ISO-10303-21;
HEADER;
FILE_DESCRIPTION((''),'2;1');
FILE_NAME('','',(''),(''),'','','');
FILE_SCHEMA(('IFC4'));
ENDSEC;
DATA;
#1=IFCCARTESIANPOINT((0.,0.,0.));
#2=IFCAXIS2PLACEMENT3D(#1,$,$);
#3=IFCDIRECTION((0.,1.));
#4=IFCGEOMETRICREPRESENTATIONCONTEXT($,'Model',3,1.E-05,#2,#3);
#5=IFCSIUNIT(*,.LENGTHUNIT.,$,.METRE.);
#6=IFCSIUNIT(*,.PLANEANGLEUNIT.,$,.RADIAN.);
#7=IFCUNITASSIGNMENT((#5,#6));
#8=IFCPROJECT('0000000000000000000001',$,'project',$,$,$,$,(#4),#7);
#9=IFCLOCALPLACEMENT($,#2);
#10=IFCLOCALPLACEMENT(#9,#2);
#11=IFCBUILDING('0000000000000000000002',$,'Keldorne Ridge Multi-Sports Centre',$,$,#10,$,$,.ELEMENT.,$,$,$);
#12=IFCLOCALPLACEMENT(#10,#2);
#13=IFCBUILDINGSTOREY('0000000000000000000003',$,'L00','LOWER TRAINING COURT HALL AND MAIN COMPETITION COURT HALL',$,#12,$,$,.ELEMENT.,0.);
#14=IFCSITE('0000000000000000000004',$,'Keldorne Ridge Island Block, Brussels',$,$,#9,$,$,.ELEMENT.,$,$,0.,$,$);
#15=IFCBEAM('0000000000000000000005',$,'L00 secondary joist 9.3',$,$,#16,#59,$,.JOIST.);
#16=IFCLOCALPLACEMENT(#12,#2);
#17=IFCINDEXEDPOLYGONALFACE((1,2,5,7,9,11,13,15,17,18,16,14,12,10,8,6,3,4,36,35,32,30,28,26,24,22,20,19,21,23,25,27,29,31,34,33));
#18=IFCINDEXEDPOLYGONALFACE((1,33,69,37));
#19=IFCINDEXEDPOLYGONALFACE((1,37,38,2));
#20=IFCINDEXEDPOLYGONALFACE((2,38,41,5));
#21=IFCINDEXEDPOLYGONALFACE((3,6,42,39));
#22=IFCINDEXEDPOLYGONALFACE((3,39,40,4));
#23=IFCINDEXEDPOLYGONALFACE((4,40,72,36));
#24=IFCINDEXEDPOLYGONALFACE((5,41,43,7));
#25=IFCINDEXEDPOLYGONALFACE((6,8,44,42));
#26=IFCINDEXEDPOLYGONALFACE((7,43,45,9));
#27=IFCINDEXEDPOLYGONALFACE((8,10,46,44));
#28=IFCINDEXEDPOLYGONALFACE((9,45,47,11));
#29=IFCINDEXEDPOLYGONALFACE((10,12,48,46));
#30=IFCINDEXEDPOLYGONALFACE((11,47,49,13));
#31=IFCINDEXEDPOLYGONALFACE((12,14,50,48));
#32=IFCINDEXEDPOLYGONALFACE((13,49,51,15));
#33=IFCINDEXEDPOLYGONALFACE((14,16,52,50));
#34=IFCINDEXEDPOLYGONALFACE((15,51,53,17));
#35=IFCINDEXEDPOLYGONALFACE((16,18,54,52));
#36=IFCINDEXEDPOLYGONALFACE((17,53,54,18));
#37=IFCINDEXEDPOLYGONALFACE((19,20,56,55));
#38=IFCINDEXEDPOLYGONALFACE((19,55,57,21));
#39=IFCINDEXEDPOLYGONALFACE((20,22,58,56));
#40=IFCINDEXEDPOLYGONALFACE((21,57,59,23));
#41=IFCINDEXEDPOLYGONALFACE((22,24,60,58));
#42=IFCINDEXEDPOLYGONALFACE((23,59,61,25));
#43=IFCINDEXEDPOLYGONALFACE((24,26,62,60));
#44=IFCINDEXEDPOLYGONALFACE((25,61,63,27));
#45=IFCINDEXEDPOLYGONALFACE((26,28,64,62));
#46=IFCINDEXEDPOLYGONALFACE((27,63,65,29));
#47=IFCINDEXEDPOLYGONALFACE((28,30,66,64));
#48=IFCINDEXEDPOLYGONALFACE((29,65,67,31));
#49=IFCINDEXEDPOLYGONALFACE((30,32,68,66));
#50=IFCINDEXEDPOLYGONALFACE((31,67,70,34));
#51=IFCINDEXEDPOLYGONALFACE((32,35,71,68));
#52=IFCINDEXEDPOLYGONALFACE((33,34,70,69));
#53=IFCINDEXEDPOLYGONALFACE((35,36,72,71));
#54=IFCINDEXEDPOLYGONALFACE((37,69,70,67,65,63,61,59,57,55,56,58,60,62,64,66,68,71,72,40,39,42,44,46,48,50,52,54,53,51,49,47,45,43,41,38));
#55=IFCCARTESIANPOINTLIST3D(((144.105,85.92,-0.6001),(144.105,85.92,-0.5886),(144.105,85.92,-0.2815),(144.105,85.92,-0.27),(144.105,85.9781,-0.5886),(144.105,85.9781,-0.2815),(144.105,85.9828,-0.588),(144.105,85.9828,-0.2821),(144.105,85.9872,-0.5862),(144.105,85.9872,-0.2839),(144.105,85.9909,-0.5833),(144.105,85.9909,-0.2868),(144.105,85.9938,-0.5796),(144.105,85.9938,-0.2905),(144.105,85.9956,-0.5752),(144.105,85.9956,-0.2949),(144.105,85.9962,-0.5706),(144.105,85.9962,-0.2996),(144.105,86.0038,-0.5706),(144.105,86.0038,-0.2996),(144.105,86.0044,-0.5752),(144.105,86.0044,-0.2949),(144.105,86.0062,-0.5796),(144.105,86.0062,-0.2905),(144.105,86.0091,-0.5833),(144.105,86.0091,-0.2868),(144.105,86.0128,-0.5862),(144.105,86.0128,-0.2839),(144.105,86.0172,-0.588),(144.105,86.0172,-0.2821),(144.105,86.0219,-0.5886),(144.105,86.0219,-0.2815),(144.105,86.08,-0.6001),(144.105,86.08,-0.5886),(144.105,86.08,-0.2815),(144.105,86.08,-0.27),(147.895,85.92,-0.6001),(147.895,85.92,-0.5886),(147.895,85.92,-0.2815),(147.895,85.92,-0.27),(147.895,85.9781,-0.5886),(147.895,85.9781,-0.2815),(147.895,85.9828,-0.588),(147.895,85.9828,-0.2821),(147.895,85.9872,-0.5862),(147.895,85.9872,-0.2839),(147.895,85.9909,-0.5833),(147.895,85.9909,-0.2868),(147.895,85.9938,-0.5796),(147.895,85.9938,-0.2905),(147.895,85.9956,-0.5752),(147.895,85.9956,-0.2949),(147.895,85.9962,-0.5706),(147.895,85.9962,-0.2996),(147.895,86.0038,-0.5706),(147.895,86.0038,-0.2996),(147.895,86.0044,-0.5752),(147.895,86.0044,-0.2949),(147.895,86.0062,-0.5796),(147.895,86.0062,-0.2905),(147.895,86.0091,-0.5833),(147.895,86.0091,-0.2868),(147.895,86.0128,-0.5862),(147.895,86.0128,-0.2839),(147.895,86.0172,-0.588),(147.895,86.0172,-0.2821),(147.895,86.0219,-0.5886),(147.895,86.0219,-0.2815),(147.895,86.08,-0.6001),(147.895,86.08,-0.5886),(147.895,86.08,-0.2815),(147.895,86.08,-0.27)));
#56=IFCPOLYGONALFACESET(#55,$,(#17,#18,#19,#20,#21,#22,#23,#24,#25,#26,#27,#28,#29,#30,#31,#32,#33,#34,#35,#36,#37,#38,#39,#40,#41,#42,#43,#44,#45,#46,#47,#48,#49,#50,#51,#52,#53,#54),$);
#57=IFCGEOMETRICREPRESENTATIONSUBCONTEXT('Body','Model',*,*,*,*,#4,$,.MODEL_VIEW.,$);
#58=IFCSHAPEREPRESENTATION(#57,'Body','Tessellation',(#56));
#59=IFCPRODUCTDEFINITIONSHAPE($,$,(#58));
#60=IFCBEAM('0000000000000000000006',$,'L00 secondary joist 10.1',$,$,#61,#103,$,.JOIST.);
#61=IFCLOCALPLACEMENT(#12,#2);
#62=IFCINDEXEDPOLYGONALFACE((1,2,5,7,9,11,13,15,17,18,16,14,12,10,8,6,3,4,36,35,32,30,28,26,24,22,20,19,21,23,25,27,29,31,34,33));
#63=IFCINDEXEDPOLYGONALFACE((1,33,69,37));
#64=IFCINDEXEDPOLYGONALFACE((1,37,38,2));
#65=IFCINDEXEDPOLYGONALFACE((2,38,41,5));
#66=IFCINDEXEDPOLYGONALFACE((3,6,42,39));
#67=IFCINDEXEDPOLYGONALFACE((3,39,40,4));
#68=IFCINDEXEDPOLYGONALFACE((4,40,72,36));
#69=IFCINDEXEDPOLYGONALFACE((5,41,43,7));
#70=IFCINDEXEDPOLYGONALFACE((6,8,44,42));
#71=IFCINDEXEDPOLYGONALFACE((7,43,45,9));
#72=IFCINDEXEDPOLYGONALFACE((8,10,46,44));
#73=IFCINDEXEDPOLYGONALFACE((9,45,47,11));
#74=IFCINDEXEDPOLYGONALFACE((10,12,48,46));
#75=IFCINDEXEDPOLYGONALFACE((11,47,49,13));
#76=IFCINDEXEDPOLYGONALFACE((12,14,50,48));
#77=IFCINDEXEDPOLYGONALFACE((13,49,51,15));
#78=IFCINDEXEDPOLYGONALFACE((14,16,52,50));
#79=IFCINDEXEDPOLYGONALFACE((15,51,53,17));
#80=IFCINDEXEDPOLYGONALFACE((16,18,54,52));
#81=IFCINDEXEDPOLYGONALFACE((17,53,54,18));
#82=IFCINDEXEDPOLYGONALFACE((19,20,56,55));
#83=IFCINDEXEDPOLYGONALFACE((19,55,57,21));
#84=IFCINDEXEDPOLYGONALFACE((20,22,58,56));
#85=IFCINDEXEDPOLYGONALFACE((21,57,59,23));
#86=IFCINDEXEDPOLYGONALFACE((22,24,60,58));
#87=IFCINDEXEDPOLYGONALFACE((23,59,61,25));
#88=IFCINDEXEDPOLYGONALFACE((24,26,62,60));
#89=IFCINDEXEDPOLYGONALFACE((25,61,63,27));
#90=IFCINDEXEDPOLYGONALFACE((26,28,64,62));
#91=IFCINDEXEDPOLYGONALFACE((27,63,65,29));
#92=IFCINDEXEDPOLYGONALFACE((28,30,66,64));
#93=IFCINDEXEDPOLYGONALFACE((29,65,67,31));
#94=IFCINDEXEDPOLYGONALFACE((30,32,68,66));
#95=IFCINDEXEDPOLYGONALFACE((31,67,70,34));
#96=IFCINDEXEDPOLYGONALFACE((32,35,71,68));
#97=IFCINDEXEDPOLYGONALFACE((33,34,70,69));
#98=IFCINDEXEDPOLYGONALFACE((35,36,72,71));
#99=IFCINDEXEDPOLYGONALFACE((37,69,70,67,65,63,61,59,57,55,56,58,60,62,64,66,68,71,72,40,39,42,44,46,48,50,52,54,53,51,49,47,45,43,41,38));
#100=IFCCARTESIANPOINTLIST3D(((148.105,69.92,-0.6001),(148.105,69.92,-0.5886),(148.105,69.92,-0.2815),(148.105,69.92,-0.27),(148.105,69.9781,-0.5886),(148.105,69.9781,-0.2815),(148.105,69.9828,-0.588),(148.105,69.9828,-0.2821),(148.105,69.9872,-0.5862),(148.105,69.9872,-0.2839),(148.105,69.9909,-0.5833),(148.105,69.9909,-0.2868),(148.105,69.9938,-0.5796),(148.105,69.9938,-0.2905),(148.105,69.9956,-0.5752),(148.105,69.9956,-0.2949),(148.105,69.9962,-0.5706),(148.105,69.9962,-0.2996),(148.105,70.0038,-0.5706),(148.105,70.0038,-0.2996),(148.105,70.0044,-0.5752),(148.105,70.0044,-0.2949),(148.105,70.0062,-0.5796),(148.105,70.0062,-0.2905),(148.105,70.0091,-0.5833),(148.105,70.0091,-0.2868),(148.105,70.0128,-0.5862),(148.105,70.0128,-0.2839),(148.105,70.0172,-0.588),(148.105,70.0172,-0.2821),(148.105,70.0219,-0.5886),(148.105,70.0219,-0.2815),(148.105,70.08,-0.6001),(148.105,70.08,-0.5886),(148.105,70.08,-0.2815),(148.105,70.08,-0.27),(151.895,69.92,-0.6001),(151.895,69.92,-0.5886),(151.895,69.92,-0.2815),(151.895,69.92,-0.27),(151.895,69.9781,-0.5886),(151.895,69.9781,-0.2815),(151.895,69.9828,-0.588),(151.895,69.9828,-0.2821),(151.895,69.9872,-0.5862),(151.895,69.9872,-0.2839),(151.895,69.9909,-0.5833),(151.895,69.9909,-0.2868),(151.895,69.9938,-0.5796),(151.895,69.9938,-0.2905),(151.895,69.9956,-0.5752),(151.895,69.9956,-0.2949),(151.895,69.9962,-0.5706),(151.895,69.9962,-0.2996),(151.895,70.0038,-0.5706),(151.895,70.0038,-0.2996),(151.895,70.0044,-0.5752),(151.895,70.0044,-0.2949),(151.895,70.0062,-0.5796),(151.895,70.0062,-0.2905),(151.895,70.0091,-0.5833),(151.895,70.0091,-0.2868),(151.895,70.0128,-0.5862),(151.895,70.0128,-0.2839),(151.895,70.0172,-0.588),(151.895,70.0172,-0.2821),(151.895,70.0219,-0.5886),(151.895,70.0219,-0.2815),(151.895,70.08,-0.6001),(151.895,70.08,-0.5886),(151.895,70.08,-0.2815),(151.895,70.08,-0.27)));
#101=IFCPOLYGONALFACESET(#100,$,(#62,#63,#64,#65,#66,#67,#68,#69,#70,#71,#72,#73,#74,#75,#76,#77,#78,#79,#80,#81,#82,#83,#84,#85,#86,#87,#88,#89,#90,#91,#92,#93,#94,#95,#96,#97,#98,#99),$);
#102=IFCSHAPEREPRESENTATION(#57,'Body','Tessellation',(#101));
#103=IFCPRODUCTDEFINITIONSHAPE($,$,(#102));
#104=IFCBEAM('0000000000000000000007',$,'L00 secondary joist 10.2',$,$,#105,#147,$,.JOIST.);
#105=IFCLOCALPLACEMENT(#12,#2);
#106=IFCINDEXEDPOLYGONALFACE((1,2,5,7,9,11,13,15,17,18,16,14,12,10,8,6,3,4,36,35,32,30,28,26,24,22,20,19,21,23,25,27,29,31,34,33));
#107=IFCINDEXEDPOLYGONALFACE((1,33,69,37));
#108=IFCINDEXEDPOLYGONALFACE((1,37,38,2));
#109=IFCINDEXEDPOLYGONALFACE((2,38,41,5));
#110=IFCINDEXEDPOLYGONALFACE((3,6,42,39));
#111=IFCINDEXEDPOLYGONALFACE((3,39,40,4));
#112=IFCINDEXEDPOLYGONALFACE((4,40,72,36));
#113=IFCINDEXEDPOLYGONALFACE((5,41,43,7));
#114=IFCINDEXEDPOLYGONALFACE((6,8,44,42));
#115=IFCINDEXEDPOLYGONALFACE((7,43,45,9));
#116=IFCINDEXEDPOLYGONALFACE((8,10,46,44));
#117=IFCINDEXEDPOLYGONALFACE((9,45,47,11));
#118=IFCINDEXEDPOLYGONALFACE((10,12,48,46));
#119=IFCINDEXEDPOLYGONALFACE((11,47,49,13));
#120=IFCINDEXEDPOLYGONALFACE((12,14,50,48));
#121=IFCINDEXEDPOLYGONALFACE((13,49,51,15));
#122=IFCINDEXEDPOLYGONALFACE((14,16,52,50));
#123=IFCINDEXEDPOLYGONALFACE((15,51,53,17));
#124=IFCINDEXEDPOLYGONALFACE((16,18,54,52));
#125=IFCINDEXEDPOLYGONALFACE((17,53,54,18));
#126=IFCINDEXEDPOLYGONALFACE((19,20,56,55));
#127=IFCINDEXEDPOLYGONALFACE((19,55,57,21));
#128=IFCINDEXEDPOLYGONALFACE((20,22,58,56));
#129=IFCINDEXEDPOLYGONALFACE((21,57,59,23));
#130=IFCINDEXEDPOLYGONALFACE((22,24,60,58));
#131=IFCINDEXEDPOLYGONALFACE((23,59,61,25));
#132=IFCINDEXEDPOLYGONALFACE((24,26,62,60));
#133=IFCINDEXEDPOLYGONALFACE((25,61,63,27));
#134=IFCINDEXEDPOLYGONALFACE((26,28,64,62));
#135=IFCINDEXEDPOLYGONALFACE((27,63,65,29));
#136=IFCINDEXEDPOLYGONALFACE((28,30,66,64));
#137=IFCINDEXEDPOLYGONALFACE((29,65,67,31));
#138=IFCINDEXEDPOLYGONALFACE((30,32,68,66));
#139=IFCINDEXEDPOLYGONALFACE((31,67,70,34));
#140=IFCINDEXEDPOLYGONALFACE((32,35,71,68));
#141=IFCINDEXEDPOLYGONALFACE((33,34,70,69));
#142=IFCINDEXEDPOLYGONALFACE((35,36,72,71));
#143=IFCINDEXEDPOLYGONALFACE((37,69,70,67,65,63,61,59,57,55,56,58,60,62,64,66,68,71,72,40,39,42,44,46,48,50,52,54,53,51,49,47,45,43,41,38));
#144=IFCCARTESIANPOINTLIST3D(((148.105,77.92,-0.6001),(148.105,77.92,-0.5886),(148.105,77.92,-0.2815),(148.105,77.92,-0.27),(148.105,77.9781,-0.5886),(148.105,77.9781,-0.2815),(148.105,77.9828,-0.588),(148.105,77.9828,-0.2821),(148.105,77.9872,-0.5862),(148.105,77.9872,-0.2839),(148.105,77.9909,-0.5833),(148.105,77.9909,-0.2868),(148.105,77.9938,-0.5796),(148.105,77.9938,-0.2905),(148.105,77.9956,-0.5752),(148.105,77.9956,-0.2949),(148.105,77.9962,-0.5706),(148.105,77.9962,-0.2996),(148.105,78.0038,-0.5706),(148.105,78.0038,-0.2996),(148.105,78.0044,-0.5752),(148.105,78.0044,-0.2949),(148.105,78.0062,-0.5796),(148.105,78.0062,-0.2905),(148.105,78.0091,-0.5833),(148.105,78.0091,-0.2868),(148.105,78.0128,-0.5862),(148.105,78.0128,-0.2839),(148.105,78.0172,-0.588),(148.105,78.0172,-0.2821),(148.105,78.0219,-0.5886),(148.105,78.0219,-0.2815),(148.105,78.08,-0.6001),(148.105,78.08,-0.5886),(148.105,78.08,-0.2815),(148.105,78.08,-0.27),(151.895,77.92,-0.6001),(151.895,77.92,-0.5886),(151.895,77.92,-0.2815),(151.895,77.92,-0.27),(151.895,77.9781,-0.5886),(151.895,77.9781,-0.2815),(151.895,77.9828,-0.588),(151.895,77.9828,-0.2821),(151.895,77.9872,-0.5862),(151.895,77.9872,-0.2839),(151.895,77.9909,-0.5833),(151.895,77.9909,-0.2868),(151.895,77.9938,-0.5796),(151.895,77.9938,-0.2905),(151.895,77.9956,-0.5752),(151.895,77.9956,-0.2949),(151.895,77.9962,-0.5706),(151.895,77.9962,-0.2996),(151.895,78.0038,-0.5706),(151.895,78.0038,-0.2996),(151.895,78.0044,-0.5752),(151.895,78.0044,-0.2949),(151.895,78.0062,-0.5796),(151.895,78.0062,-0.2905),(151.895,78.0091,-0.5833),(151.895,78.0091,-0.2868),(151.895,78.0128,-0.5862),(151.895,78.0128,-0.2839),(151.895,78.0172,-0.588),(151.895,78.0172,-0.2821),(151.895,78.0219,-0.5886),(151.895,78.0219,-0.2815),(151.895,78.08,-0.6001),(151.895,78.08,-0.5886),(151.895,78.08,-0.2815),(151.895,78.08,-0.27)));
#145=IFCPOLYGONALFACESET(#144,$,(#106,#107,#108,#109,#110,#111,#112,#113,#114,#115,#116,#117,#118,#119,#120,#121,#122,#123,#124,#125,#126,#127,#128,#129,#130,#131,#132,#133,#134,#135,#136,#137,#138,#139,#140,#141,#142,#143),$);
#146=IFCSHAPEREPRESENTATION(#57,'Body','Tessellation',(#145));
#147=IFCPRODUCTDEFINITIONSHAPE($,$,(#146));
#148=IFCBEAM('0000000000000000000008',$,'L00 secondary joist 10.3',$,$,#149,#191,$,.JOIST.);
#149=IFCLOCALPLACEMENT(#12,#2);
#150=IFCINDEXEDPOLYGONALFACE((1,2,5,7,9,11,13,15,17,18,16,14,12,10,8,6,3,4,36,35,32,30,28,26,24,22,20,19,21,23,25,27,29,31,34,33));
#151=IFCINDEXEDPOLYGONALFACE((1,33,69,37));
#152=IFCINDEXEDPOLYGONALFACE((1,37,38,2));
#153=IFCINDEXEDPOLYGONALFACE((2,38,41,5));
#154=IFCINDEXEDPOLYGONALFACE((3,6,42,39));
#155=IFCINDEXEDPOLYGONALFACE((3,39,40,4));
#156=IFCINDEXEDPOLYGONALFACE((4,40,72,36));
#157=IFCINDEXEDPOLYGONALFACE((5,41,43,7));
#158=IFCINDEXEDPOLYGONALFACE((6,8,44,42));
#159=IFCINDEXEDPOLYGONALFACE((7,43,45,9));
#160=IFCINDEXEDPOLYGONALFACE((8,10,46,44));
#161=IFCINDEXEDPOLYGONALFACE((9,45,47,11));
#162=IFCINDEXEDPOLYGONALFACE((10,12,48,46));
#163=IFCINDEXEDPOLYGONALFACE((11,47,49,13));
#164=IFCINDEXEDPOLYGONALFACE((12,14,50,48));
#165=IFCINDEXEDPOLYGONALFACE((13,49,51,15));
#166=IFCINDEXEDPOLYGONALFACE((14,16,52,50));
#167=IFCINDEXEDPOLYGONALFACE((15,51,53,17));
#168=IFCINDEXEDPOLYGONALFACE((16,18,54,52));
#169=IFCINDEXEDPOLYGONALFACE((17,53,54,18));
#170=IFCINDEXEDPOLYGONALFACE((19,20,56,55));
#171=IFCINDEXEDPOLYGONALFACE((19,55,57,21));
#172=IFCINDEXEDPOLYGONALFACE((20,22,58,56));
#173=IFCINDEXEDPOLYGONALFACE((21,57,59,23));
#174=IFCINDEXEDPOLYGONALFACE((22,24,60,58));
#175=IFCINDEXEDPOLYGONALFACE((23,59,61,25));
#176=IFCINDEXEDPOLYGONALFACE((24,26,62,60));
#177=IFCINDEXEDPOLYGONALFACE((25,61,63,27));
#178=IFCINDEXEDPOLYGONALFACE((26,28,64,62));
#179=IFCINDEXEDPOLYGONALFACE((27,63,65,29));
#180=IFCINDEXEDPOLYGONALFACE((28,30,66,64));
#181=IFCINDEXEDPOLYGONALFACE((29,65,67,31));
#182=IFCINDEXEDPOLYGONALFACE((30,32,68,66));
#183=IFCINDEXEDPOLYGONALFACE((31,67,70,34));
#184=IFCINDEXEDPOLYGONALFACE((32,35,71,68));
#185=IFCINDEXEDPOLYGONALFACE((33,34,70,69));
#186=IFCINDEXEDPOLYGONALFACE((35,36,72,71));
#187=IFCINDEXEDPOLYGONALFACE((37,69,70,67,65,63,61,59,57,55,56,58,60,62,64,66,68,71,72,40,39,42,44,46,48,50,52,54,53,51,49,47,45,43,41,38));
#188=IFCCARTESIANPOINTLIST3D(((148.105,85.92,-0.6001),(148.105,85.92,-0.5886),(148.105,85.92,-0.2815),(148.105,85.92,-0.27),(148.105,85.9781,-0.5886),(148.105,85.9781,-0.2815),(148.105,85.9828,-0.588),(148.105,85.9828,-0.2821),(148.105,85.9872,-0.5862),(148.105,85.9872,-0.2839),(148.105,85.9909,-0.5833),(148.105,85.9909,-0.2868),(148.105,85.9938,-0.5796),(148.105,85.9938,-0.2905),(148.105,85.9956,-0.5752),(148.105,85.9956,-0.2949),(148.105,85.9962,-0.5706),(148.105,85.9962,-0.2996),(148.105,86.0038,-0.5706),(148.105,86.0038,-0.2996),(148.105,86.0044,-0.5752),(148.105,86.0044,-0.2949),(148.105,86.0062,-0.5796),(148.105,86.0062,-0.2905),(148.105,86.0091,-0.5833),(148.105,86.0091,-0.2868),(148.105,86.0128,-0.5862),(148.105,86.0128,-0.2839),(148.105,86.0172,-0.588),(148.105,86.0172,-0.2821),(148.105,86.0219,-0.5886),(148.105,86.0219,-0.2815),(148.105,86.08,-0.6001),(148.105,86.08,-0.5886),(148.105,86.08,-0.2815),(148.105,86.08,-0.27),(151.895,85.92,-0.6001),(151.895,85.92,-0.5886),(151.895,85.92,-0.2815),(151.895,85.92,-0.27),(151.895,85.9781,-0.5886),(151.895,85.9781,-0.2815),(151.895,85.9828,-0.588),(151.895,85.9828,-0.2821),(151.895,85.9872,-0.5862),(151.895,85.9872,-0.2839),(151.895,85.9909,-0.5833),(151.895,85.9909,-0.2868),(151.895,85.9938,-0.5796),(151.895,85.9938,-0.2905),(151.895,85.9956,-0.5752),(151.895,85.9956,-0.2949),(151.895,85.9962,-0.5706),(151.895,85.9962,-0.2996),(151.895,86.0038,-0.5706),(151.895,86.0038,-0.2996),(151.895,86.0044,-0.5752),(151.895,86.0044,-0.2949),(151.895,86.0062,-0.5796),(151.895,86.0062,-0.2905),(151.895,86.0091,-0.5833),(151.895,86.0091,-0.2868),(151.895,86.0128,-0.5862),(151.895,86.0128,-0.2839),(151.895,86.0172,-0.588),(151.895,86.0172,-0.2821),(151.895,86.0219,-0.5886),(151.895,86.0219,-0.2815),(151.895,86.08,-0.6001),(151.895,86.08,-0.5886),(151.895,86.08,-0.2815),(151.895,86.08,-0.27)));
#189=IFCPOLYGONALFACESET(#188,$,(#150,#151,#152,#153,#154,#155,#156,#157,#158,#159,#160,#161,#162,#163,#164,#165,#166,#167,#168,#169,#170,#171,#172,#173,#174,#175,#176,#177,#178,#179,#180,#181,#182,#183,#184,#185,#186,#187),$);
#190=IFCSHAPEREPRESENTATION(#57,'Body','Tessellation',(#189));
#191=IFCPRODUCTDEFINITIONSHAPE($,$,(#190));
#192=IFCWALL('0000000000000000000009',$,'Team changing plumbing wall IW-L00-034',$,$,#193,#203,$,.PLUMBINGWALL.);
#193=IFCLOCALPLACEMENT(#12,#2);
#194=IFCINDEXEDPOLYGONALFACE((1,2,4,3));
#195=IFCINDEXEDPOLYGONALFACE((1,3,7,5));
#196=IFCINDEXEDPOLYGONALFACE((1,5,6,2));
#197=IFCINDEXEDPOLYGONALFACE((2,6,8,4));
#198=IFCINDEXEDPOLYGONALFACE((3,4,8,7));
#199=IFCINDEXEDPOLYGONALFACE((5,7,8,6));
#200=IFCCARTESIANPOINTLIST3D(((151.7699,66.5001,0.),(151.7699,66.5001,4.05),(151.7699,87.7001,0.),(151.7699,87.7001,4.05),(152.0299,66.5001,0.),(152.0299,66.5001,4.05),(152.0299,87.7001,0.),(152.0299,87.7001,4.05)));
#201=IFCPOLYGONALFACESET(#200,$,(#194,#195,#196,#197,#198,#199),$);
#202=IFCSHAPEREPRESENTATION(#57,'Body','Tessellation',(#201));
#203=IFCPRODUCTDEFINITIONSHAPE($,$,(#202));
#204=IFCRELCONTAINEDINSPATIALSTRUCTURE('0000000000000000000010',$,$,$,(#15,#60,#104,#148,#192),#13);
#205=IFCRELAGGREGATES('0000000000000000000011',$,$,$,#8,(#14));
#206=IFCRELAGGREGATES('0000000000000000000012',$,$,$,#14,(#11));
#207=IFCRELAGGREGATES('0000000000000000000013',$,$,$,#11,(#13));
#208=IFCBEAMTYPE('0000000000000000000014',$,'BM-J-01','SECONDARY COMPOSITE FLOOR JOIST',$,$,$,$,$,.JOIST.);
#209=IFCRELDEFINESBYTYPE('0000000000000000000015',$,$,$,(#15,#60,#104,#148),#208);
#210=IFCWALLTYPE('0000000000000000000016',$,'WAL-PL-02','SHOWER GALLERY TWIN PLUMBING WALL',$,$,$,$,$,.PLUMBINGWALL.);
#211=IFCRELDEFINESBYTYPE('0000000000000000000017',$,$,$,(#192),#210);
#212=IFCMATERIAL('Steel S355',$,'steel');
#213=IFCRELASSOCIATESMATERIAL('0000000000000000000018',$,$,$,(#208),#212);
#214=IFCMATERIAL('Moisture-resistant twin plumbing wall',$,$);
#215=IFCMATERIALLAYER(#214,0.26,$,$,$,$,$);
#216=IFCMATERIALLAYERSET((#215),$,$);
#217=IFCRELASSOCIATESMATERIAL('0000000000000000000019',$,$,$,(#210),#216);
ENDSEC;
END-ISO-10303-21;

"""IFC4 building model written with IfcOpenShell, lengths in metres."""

from ifc_helpers import new_model, si_unit, direction, frame, frame_2d, origin, origin_2d, place, context, subcontext, project, spatial, rectangle, i_section, extrude, material, layer, layer_set, material_profile, profile_set, type_object, element, save


model = new_model("IFC4")

# Units and contexts
model_context = context("Model", 3, precision=1e-05, world=origin(), true_north=direction((0.0, 1.0)))
body_context = subcontext(model_context, "Body", "Model", "MODEL_VIEW")
ifc_project = project(units=[si_unit("LENGTHUNIT", "METRE"), si_unit("PLANEANGLEUNIT", "RADIAN")], contexts=[model_context])

# Site, building, storey
site_placement = place(None, origin())
site = spatial("IfcSite", under=ifc_project, at=site_placement, Name="Keldorne Ridge Island Block, Brussels", CompositionType="ELEMENT", RefElevation=0.0)
building_placement = place(site_placement, origin())
building = spatial("IfcBuilding", under=site, at=building_placement, Name="Keldorne Ridge Multi-Sports Centre", CompositionType="ELEMENT")
storey_placement = place(building_placement, origin())
storey = spatial("IfcBuildingStorey", under=building, at=storey_placement, Name="L00", Description="LOWER TRAINING COURT HALL AND MAIN COMPETITION COURT HALL", CompositionType="ELEMENT", Elevation=0.0)

# Shared definitions
ifc_material_1 = material(Name="Steel S355", Category="steel")

# Beams
ifc_material_profile_1 = material_profile(ifc_material_1, i_section(OverallWidth=0.1599, OverallDepth=0.3301, WebThickness=0.0076, FlangeThickness=0.0115, FilletRadius=0.0181, at=origin_2d()), Name="IPE 330")
ifc_profile_set_1 = profile_set([ifc_material_profile_1], Name="Steel S355")
beam_type_1 = type_object("IfcBeamType", Name="BM-J-01", Description="SECONDARY COMPOSITE FLOOR JOIST", PredefinedType="JOIST", material=ifc_profile_set_1)
for number, where, z_axis, x_axis, name in (
    (1, (144.105, 86.0, -0.4351), (1.0, 0.0, 0.0), (0.0, 1.0, 0.0), "L00 secondary joist 9.3"),
    (2, (148.105, 70.0, -0.4351), (1.0, 0.0, 0.0), (0.0, 1.0, 0.0), "L00 secondary joist 10.1"),
    (3, (148.105, 78.0, -0.4351), (1.0, 0.0, 0.0), (0.0, 1.0, 0.0), "L00 secondary joist 10.2"),
    (4, (148.105, 86.0, -0.4351), (1.0, 0.0, 0.0), (0.0, 1.0, 0.0), "L00 secondary joist 10.3"),
):
    element("IfcBeam", number, at=place(storey_placement, frame(where, z_axis=z_axis, x_axis=x_axis)), inside=storey, type_object=beam_type_1, Name=name, PredefinedType="JOIST", context=body_context, shape_type="SweptSolid", body=[
        extrude(i_section(OverallWidth=0.1599, OverallDepth=0.3301, WebThickness=0.0076, FlangeThickness=0.0115, FilletRadius=0.0181, at=origin_2d()), origin(), (0.0, 0.0, 1.0), 3.79),
    ])

# Wall
ifc_material_2 = material(Name="Moisture-resistant twin plumbing wall")
ifc_layer_1 = layer(ifc_material_2, 0.26)
ifc_layer_set_1 = layer_set([ifc_layer_1])
wall_type_1 = type_object("IfcWallType", Name="WAL-PL-02", Description="SHOWER GALLERY TWIN PLUMBING WALL", PredefinedType="PLUMBINGWALL", material=ifc_layer_set_1)
wall_1_placement = place(storey_placement, frame((151.8999, 66.5, 0.0), z_axis=(0.0, 0.0, 1.0), x_axis=(0.0, 1.0, 0.0)))
element("IfcWall", 5, at=wall_1_placement, inside=storey, type_object=wall_type_1, Name="Team changing plumbing wall IW-L00-034", PredefinedType="PLUMBINGWALL", context=body_context, shape_type="SweptSolid", body=[
    extrude(rectangle(XDim=21.2, YDim=0.26, at=frame_2d((10.6001, 0.0))), origin(), (0.0, 0.0, 1.0), 4.05),
])

save(model, "model.ifc")
